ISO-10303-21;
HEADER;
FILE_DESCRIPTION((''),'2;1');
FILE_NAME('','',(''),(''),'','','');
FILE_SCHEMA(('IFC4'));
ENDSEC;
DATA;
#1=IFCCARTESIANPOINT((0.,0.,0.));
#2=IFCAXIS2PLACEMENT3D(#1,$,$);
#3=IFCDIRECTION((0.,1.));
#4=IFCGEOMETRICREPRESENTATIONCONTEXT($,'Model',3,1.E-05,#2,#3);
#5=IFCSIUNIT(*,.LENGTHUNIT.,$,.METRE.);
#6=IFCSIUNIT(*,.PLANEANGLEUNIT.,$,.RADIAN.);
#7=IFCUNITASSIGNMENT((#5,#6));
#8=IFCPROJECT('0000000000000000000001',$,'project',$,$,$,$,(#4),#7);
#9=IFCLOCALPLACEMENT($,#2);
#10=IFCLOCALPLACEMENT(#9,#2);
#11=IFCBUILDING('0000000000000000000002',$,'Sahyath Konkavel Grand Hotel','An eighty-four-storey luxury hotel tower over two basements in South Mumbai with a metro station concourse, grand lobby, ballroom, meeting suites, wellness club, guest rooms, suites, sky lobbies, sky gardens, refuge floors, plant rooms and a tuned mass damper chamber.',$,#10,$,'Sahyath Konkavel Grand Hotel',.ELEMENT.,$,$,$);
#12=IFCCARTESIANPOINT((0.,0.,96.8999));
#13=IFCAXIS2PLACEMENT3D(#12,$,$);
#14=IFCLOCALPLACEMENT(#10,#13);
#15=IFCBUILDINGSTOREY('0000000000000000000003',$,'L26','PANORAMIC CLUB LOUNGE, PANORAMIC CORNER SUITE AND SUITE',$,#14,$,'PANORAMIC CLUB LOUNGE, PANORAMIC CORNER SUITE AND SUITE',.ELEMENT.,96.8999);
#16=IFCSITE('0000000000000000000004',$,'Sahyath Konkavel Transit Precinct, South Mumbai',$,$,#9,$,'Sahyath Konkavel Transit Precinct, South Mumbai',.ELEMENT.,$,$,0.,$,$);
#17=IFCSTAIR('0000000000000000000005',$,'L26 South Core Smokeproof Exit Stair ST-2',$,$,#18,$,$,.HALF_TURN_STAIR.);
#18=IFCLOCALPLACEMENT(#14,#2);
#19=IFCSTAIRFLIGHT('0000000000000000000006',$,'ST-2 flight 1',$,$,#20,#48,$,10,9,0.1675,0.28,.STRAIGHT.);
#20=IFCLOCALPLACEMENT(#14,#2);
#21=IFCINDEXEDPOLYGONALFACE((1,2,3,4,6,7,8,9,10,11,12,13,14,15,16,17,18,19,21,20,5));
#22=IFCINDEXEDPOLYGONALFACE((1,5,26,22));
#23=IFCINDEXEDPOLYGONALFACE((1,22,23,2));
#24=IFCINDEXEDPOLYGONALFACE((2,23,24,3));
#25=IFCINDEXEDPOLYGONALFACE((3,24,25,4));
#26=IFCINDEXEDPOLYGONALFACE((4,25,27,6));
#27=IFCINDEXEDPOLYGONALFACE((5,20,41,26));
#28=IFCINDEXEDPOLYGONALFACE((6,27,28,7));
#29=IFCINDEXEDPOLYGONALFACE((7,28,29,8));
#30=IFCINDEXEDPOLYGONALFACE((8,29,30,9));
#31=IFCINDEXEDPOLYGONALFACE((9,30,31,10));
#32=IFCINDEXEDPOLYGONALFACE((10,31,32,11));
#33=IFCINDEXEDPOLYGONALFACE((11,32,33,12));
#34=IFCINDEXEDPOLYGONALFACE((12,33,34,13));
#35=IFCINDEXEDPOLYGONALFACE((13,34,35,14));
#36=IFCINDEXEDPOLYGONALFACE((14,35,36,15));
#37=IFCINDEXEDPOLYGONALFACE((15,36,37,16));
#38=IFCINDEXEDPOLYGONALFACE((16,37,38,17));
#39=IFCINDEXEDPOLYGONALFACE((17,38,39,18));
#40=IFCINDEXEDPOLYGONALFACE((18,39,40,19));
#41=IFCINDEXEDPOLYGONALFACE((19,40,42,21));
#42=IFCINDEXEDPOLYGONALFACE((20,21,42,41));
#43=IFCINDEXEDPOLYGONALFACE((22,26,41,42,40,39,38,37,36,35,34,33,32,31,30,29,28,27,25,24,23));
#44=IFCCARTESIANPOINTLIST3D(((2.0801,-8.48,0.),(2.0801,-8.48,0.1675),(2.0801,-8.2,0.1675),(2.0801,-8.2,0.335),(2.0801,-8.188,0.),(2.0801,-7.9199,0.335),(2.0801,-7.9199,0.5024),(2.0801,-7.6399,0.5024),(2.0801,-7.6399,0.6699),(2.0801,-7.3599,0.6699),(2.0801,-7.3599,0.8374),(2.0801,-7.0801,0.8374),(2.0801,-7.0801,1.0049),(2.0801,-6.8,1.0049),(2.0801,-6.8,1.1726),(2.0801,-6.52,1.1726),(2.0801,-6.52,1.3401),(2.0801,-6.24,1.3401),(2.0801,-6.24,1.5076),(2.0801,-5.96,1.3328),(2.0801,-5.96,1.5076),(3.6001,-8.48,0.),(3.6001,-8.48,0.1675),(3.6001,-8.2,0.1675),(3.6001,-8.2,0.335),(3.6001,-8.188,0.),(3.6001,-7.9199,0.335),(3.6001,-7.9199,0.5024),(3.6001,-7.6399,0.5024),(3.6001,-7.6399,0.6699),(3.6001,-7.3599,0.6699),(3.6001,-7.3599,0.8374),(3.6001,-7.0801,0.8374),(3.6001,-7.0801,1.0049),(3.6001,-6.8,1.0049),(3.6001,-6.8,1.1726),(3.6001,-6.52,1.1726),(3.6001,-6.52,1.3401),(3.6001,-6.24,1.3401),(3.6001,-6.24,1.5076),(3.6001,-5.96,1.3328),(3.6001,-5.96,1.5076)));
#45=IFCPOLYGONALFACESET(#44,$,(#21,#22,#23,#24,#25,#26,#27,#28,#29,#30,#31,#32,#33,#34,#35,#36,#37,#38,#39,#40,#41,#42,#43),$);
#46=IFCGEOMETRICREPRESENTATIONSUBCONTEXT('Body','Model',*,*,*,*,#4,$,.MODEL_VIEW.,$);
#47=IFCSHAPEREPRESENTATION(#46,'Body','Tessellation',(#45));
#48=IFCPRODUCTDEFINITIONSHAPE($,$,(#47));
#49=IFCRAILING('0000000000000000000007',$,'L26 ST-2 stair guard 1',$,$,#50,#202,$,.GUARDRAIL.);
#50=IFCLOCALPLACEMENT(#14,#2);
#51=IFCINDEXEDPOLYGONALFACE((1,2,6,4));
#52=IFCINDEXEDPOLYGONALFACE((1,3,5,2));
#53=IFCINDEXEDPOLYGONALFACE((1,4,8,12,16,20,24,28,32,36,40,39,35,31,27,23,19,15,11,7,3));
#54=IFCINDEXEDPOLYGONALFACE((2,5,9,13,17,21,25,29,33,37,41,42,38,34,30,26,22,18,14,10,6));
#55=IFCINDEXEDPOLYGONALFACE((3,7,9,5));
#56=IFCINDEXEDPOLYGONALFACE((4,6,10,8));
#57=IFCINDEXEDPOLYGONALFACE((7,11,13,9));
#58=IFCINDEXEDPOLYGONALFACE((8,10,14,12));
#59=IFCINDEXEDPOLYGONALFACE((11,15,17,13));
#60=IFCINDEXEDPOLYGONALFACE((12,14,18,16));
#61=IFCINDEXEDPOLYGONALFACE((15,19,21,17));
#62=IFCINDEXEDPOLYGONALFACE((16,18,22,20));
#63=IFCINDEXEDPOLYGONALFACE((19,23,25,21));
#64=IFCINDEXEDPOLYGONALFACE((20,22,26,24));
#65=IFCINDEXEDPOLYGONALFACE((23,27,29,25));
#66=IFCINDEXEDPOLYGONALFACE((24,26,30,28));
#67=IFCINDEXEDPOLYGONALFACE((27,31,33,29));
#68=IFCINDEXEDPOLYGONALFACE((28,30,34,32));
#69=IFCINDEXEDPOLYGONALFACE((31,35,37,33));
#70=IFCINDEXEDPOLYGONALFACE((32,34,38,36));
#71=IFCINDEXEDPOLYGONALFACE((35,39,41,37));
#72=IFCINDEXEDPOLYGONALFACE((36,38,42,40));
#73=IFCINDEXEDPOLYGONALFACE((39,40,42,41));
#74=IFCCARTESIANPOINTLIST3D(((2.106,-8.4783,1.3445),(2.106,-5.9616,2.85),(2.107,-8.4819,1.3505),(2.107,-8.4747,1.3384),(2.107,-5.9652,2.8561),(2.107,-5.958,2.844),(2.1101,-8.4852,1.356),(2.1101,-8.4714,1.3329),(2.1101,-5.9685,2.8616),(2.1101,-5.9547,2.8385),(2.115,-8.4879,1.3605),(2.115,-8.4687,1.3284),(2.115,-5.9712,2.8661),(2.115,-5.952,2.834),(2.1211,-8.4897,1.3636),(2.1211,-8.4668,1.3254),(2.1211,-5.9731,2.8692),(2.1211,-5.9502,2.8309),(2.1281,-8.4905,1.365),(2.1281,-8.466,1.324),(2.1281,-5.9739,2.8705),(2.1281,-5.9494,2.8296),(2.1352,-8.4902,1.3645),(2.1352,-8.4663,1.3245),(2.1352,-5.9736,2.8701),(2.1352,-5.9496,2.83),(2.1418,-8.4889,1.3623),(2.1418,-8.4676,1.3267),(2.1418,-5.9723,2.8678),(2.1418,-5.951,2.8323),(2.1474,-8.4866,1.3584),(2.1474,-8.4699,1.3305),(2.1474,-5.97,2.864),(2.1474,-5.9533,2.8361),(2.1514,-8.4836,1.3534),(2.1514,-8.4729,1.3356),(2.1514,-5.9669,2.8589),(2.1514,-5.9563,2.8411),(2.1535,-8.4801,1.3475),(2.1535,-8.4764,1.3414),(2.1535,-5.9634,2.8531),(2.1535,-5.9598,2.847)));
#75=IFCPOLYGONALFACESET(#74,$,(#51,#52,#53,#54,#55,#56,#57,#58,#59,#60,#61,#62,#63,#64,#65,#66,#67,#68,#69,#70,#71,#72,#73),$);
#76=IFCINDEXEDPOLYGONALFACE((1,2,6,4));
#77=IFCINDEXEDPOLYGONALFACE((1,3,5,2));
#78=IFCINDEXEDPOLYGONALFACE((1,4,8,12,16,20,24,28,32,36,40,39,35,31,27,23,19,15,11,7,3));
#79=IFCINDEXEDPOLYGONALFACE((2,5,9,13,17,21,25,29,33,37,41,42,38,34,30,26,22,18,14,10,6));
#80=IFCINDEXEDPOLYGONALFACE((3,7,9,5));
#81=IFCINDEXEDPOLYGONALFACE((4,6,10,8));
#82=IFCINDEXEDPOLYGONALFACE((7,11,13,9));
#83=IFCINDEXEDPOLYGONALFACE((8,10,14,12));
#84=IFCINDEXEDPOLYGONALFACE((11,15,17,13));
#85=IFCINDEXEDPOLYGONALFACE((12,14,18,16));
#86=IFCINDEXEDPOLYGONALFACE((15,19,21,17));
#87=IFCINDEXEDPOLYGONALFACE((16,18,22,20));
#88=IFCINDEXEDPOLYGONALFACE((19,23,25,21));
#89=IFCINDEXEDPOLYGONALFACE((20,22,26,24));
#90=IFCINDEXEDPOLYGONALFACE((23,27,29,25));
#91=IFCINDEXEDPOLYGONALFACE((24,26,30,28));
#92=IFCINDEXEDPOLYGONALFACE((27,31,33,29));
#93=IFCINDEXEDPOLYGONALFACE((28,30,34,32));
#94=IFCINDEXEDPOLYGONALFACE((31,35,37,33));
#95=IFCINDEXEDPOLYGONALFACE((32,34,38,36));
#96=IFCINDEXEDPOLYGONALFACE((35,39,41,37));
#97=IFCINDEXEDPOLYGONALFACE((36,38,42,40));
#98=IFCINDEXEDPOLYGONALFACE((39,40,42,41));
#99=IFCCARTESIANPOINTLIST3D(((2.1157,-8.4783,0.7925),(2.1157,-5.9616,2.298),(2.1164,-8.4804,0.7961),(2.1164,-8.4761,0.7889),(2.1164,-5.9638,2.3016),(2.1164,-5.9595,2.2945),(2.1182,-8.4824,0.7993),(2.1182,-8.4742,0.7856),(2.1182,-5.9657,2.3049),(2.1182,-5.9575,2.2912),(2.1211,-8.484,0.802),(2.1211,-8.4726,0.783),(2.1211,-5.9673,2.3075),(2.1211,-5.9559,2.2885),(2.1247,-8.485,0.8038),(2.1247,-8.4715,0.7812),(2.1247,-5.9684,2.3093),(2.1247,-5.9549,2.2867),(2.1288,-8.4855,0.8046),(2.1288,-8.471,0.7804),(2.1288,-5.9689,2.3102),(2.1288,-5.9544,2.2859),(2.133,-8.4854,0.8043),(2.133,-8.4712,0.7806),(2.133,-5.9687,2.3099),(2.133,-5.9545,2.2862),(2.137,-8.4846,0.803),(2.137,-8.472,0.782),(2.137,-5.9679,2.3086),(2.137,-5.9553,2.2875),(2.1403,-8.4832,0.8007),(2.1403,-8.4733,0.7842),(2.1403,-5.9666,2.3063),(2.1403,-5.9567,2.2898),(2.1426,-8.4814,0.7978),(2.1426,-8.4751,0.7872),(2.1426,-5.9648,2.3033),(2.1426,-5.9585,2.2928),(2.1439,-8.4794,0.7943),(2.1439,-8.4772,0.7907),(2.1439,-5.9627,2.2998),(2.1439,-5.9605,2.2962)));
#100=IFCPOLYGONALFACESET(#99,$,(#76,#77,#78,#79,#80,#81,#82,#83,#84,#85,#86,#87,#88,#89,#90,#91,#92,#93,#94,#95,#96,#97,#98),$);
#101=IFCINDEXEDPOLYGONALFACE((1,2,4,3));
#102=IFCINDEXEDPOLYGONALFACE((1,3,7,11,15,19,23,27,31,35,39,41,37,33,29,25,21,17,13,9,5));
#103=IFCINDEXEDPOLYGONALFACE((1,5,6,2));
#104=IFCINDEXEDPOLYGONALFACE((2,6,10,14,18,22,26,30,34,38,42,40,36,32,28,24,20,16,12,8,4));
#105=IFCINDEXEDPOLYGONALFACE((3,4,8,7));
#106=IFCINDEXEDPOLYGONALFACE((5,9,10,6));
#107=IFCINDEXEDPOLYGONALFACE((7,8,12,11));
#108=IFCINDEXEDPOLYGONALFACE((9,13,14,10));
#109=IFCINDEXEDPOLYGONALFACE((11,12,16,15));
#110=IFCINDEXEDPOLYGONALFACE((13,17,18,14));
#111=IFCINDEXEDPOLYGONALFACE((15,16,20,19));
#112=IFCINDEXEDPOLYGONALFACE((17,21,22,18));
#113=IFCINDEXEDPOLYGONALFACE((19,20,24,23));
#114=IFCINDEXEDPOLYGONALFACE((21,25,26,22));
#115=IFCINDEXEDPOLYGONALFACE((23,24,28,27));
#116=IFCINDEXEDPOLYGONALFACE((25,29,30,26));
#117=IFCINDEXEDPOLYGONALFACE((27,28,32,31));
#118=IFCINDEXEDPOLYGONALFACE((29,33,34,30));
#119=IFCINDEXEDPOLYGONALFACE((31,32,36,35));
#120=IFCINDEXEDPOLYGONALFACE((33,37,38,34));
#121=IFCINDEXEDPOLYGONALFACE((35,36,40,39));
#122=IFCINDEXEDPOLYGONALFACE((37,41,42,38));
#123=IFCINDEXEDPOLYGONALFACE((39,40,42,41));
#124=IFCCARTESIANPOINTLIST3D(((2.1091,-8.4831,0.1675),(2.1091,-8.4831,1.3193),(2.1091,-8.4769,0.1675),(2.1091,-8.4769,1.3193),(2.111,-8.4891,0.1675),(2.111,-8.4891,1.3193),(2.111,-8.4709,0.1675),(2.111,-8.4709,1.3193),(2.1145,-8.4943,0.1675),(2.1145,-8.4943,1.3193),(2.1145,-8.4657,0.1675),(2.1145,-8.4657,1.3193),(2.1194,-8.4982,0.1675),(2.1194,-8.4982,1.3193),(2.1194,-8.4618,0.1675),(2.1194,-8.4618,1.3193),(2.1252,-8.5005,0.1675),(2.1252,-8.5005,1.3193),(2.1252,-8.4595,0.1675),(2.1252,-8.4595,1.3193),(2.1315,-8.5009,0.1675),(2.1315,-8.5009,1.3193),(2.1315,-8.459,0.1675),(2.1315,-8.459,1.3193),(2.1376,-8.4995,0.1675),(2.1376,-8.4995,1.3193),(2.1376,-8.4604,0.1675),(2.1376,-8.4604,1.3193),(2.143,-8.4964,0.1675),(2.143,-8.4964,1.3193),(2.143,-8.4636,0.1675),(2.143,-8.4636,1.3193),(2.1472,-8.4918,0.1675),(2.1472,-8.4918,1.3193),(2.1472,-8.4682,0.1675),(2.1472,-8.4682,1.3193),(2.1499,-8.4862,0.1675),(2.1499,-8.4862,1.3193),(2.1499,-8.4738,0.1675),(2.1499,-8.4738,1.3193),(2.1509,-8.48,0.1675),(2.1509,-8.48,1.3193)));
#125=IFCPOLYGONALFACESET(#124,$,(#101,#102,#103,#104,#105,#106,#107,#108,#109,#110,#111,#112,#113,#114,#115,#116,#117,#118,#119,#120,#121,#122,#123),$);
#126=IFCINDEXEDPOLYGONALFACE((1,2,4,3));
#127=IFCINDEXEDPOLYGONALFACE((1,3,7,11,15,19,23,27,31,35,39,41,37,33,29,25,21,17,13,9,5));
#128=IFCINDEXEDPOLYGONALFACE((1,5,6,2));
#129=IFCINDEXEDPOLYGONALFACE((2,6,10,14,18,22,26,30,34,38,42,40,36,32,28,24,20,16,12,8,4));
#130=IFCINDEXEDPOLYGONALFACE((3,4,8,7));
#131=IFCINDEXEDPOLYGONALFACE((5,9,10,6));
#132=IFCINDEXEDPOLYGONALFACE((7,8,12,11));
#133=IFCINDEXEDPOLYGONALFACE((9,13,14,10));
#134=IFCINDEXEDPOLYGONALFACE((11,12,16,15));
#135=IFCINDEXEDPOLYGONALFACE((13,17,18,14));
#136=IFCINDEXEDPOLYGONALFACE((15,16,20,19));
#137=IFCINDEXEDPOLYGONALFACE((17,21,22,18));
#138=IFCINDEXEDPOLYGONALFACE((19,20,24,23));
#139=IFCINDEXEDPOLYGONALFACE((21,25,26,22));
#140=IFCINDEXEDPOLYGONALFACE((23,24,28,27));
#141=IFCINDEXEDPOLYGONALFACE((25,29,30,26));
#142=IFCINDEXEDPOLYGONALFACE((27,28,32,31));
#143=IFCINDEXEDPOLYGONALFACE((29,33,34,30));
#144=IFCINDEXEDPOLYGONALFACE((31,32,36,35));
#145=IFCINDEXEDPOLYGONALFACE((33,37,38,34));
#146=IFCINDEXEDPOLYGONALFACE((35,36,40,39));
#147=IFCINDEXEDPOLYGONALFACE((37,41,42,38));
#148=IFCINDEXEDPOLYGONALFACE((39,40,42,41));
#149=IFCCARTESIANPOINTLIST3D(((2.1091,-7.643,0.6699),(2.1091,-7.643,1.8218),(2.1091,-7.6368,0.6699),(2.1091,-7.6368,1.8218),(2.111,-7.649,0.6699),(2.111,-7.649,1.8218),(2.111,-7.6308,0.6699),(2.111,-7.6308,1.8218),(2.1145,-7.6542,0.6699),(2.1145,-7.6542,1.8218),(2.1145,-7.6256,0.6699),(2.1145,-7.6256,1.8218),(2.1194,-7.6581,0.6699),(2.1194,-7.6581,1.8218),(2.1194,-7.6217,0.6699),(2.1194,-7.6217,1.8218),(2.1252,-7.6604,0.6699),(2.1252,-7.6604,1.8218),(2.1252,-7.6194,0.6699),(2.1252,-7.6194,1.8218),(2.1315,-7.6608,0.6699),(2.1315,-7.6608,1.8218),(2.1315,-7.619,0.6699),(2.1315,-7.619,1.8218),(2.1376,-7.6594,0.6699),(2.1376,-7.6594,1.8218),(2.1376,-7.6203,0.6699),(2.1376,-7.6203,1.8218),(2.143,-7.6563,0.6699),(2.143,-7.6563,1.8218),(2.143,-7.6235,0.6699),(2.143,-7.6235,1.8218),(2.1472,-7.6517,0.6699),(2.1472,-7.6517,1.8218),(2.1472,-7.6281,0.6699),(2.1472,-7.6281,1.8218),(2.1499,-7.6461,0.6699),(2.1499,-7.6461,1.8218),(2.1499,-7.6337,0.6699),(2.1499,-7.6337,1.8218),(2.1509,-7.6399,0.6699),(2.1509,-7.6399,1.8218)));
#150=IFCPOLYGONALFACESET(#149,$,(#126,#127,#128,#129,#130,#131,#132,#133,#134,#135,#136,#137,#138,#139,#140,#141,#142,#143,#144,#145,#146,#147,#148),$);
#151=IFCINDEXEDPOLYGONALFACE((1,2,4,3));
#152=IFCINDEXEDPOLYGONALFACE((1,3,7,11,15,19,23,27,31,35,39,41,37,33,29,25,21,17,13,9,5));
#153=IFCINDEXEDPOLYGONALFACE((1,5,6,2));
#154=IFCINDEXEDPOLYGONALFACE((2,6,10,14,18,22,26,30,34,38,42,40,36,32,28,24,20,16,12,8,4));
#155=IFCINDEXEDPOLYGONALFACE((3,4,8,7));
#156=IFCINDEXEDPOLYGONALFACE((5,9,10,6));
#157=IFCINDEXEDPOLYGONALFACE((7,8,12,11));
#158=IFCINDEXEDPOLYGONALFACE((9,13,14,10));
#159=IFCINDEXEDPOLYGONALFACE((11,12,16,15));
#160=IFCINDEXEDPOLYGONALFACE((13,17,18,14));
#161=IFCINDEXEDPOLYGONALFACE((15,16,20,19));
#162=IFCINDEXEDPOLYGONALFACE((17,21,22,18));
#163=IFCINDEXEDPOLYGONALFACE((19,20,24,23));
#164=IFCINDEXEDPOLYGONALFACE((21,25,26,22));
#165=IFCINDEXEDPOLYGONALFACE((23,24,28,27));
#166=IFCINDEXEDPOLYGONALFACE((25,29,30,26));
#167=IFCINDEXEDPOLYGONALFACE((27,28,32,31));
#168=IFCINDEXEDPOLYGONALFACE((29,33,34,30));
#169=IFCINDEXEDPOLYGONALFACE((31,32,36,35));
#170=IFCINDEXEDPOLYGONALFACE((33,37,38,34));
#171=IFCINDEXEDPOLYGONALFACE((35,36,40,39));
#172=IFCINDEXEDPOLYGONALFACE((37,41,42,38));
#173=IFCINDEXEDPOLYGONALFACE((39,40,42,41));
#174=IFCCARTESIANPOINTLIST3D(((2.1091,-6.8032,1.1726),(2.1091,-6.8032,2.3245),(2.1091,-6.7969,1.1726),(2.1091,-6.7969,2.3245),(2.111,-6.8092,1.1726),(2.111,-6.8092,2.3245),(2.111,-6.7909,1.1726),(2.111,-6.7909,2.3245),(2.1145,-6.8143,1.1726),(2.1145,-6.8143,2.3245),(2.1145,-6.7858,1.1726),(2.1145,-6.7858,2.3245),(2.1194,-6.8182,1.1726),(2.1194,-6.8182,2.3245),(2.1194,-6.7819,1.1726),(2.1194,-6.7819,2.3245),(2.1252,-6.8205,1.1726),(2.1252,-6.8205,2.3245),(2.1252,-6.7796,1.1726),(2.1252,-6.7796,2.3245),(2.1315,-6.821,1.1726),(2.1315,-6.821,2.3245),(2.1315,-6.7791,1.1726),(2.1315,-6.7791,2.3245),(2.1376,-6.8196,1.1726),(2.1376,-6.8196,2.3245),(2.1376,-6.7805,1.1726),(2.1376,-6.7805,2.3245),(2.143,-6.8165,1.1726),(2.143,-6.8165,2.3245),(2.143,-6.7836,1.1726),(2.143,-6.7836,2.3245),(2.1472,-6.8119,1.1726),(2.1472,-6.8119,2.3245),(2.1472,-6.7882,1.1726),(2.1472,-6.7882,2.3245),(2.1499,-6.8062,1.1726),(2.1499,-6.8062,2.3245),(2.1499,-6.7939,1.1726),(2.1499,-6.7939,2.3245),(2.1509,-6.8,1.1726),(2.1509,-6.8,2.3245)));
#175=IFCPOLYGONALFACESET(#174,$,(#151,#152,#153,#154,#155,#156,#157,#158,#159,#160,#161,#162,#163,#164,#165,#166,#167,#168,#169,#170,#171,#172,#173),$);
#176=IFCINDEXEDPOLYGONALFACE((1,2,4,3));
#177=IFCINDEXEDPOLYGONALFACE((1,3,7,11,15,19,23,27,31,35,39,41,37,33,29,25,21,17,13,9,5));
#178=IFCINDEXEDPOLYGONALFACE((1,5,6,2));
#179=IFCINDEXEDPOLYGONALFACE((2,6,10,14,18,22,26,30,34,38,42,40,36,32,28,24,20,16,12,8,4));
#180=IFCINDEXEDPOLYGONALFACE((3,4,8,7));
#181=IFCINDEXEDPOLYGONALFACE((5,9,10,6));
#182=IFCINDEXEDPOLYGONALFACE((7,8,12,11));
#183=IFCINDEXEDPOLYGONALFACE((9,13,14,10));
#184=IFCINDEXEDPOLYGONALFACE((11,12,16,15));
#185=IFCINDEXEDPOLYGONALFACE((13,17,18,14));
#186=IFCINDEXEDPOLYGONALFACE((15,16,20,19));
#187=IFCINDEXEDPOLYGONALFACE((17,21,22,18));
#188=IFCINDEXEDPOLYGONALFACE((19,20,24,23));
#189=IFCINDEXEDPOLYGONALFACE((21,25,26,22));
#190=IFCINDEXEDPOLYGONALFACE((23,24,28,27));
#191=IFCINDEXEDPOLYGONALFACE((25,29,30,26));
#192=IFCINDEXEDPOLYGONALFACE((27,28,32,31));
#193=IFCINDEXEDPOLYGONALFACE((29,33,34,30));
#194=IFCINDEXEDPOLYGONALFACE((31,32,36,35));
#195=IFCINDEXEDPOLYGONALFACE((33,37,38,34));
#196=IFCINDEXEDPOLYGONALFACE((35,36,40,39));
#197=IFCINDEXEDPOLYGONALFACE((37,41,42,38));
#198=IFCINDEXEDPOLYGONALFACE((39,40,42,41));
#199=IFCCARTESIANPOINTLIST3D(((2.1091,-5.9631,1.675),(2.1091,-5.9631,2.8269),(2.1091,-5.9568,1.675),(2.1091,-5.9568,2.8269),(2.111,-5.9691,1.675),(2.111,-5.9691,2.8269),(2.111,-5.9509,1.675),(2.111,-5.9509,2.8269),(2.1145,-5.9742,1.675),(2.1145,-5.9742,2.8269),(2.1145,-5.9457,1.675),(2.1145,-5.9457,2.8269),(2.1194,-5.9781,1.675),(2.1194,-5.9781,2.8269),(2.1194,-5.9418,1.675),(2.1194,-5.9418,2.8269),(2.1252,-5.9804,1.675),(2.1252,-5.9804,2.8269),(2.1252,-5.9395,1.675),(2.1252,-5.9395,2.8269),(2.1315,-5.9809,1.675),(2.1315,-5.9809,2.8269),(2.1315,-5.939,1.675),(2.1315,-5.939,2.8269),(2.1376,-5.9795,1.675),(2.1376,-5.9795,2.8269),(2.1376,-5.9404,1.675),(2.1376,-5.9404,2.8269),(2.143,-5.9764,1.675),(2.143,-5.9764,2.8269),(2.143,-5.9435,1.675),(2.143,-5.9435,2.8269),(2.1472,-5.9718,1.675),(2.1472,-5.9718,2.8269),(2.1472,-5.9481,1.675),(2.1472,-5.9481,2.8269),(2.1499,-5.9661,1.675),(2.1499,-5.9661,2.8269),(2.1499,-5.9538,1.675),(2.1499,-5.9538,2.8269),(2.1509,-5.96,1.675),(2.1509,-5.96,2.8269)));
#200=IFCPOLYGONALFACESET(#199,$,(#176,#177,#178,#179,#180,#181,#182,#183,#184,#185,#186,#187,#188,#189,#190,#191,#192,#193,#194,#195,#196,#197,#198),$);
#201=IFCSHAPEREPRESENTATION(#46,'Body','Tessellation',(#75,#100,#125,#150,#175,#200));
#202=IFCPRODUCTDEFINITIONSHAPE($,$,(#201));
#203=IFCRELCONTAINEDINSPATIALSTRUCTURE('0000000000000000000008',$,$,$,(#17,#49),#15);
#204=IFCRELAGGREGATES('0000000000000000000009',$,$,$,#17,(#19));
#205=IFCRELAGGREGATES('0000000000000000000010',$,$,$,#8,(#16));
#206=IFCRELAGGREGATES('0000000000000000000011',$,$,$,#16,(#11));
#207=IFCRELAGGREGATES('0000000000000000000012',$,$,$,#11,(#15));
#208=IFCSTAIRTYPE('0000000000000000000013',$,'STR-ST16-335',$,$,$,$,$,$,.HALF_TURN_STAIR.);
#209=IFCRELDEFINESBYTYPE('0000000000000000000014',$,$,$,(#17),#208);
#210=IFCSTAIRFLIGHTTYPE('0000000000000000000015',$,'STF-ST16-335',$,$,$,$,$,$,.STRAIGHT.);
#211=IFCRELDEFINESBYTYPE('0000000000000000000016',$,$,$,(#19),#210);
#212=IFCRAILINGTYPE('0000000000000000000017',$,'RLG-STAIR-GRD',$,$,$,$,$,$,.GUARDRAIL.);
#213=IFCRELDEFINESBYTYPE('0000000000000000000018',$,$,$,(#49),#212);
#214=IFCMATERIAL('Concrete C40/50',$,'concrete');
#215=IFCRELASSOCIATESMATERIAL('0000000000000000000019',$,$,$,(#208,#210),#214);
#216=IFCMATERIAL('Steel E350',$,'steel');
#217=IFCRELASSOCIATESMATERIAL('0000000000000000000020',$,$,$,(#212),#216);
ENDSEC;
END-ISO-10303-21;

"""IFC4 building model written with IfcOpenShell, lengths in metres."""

from ifc_helpers import new_model, si_unit, direction, frame, origin, origin_2d, place, context, subcontext, project, spatial, polyline, circle, outline, extrude, material, type_object, element, aggregate, save


model = new_model("IFC4")

# Units and contexts
model_context = context("Model", 3, precision=1e-05, world=origin(), true_north=direction((0.0, 1.0)))
body_context = subcontext(model_context, "Body", "Model", "MODEL_VIEW")
ifc_project = project(units=[si_unit("LENGTHUNIT", "METRE"), si_unit("PLANEANGLEUNIT", "RADIAN")], contexts=[model_context])

# Site, building, storey
site_placement = place(None, origin())
site = spatial("IfcSite", under=ifc_project, at=site_placement, Name="Sahyath Konkavel Transit Precinct, South Mumbai", LongName="Sahyath Konkavel Transit Precinct, South Mumbai", CompositionType="ELEMENT", RefElevation=0.0)
building_placement = place(site_placement, origin())
building = spatial("IfcBuilding", under=site, at=building_placement, Name="Sahyath Konkavel Grand Hotel", Description="An eighty-four-storey luxury hotel tower over two basements in South Mumbai with a metro station concourse, grand lobby, ballroom, meeting suites, wellness club, guest rooms, suites, sky lobbies, sky gardens, refuge floors, plant rooms and a tuned mass damper chamber.", LongName="Sahyath Konkavel Grand Hotel", CompositionType="ELEMENT")
storey_placement = place(building_placement, frame((0.0, 0.0, 96.8999)))
storey = spatial("IfcBuildingStorey", under=building, at=storey_placement, Name="L26", Description="PANORAMIC CLUB LOUNGE, PANORAMIC CORNER SUITE AND SUITE", LongName="PANORAMIC CLUB LOUNGE, PANORAMIC CORNER SUITE AND SUITE", CompositionType="ELEMENT", Elevation=96.8999)

# Shared definitions
ifc_material_1 = material(Name="Steel E350", Category="steel")

# Shared definitions
ifc_material_2 = material(Name="Concrete C40/50", Category="concrete")

# Stair, stair flight
stair_type = type_object("IfcStairType", Name="STR-ST16-335", PredefinedType="HALF_TURN_STAIR", material=ifc_material_2)
stair_placement = place(storey_placement, origin())
stair = element("IfcStair", 1, at=stair_placement, inside=storey, type_object=stair_type, Name="L26 South Core Smokeproof Exit Stair ST-2", PredefinedType="HALF_TURN_STAIR")
stair_flight_type = type_object("IfcStairFlightType", Name="STF-ST16-335", PredefinedType="STRAIGHT", material=ifc_material_2)
stair_flight_placement = place(storey_placement, frame((2.8401, -8.48, 0.0), z_axis=(0.0, 0.0, 1.0), x_axis=(0.0, 1.0, 0.0)))
stair_flight = element("IfcStairFlight", 2, at=stair_flight_placement, type_object=stair_flight_type, Name="ST-2 flight 1", NumberOfRisers=10, NumberOfTreads=9, PredefinedType="STRAIGHT", RiserHeight=0.1675, TreadLength=0.28, context=body_context, shape_type="SweptSolid", body=[
    extrude(outline(polyline([(0.0, 0.0), (0.0, 0.1675), (0.28, 0.1675), (0.28, 0.335), (0.5601, 0.335), (0.5601, 0.5024), (0.8401, 0.5024), (0.8401, 0.6699), (1.1201, 0.6699), (1.1201, 0.8374), (1.3999, 0.8374), (1.3999, 1.0049), (1.6799, 1.0049), (1.6799, 1.1726), (1.96, 1.1726), (1.96, 1.3401), (2.24, 1.3401), (2.24, 1.5076), (2.52, 1.5076), (2.52, 1.675), (2.52, 1.3328), (0.292, 0.0), (0.0, 0.0)])), frame((0.0, 0.76, 0.0), z_axis=(0.0, -1.0, 0.0), x_axis=(1.0, 0.0, 0.0)), (0.0, 0.0, 1.0), 1.52),
])
aggregate(stair, [stair_flight])

# Railing
railing_type_1 = type_object("IfcRailingType", Name="RLG-STAIR-GRD", PredefinedType="GUARDRAIL", material=ifc_material_1)
railing_1_placement = place(storey_placement, frame((2.1299, -8.48, 0.1675)))
element("IfcRailing", 3, at=railing_1_placement, inside=storey, type_object=railing_type_1, Name="L26 ST-2 stair guard 1", PredefinedType="GUARDRAIL", context=body_context, shape_type="SweptSolid", body=[
    extrude(circle(Radius=0.0239, at=origin_2d()), frame((0.0, 0.0017, 1.177), z_axis=(0.0, 0.85816, 0.513383), x_axis=(-1.0, 0.0, 0.0)), (0.0, 0.0, 1.0), 2.9326),
    extrude(circle(Radius=0.0142, at=origin_2d()), frame((0.0, 0.0017, 0.625), z_axis=(0.0, 0.85816, 0.513383), x_axis=(-1.0, 0.0, 0.0)), (0.0, 0.0, 1.0), 2.9326),
    extrude(circle(Radius=0.021, at=origin_2d()), origin(), (0.0, 0.0, 1.0), 1.1519),
    extrude(circle(Radius=0.021, at=origin_2d()), frame((0.0, 0.8401, 0.5024)), (0.0, 0.0, 1.0), 1.1519),
    extrude(circle(Radius=0.021, at=origin_2d()), frame((0.0, 1.6799, 1.0051)), (0.0, 0.0, 1.0), 1.1519),
    extrude(circle(Radius=0.021, at=origin_2d()), frame((0.0, 2.52, 1.5076)), (0.0, 0.0, 1.0), 1.1519),
])

save(model, "model.ifc")
